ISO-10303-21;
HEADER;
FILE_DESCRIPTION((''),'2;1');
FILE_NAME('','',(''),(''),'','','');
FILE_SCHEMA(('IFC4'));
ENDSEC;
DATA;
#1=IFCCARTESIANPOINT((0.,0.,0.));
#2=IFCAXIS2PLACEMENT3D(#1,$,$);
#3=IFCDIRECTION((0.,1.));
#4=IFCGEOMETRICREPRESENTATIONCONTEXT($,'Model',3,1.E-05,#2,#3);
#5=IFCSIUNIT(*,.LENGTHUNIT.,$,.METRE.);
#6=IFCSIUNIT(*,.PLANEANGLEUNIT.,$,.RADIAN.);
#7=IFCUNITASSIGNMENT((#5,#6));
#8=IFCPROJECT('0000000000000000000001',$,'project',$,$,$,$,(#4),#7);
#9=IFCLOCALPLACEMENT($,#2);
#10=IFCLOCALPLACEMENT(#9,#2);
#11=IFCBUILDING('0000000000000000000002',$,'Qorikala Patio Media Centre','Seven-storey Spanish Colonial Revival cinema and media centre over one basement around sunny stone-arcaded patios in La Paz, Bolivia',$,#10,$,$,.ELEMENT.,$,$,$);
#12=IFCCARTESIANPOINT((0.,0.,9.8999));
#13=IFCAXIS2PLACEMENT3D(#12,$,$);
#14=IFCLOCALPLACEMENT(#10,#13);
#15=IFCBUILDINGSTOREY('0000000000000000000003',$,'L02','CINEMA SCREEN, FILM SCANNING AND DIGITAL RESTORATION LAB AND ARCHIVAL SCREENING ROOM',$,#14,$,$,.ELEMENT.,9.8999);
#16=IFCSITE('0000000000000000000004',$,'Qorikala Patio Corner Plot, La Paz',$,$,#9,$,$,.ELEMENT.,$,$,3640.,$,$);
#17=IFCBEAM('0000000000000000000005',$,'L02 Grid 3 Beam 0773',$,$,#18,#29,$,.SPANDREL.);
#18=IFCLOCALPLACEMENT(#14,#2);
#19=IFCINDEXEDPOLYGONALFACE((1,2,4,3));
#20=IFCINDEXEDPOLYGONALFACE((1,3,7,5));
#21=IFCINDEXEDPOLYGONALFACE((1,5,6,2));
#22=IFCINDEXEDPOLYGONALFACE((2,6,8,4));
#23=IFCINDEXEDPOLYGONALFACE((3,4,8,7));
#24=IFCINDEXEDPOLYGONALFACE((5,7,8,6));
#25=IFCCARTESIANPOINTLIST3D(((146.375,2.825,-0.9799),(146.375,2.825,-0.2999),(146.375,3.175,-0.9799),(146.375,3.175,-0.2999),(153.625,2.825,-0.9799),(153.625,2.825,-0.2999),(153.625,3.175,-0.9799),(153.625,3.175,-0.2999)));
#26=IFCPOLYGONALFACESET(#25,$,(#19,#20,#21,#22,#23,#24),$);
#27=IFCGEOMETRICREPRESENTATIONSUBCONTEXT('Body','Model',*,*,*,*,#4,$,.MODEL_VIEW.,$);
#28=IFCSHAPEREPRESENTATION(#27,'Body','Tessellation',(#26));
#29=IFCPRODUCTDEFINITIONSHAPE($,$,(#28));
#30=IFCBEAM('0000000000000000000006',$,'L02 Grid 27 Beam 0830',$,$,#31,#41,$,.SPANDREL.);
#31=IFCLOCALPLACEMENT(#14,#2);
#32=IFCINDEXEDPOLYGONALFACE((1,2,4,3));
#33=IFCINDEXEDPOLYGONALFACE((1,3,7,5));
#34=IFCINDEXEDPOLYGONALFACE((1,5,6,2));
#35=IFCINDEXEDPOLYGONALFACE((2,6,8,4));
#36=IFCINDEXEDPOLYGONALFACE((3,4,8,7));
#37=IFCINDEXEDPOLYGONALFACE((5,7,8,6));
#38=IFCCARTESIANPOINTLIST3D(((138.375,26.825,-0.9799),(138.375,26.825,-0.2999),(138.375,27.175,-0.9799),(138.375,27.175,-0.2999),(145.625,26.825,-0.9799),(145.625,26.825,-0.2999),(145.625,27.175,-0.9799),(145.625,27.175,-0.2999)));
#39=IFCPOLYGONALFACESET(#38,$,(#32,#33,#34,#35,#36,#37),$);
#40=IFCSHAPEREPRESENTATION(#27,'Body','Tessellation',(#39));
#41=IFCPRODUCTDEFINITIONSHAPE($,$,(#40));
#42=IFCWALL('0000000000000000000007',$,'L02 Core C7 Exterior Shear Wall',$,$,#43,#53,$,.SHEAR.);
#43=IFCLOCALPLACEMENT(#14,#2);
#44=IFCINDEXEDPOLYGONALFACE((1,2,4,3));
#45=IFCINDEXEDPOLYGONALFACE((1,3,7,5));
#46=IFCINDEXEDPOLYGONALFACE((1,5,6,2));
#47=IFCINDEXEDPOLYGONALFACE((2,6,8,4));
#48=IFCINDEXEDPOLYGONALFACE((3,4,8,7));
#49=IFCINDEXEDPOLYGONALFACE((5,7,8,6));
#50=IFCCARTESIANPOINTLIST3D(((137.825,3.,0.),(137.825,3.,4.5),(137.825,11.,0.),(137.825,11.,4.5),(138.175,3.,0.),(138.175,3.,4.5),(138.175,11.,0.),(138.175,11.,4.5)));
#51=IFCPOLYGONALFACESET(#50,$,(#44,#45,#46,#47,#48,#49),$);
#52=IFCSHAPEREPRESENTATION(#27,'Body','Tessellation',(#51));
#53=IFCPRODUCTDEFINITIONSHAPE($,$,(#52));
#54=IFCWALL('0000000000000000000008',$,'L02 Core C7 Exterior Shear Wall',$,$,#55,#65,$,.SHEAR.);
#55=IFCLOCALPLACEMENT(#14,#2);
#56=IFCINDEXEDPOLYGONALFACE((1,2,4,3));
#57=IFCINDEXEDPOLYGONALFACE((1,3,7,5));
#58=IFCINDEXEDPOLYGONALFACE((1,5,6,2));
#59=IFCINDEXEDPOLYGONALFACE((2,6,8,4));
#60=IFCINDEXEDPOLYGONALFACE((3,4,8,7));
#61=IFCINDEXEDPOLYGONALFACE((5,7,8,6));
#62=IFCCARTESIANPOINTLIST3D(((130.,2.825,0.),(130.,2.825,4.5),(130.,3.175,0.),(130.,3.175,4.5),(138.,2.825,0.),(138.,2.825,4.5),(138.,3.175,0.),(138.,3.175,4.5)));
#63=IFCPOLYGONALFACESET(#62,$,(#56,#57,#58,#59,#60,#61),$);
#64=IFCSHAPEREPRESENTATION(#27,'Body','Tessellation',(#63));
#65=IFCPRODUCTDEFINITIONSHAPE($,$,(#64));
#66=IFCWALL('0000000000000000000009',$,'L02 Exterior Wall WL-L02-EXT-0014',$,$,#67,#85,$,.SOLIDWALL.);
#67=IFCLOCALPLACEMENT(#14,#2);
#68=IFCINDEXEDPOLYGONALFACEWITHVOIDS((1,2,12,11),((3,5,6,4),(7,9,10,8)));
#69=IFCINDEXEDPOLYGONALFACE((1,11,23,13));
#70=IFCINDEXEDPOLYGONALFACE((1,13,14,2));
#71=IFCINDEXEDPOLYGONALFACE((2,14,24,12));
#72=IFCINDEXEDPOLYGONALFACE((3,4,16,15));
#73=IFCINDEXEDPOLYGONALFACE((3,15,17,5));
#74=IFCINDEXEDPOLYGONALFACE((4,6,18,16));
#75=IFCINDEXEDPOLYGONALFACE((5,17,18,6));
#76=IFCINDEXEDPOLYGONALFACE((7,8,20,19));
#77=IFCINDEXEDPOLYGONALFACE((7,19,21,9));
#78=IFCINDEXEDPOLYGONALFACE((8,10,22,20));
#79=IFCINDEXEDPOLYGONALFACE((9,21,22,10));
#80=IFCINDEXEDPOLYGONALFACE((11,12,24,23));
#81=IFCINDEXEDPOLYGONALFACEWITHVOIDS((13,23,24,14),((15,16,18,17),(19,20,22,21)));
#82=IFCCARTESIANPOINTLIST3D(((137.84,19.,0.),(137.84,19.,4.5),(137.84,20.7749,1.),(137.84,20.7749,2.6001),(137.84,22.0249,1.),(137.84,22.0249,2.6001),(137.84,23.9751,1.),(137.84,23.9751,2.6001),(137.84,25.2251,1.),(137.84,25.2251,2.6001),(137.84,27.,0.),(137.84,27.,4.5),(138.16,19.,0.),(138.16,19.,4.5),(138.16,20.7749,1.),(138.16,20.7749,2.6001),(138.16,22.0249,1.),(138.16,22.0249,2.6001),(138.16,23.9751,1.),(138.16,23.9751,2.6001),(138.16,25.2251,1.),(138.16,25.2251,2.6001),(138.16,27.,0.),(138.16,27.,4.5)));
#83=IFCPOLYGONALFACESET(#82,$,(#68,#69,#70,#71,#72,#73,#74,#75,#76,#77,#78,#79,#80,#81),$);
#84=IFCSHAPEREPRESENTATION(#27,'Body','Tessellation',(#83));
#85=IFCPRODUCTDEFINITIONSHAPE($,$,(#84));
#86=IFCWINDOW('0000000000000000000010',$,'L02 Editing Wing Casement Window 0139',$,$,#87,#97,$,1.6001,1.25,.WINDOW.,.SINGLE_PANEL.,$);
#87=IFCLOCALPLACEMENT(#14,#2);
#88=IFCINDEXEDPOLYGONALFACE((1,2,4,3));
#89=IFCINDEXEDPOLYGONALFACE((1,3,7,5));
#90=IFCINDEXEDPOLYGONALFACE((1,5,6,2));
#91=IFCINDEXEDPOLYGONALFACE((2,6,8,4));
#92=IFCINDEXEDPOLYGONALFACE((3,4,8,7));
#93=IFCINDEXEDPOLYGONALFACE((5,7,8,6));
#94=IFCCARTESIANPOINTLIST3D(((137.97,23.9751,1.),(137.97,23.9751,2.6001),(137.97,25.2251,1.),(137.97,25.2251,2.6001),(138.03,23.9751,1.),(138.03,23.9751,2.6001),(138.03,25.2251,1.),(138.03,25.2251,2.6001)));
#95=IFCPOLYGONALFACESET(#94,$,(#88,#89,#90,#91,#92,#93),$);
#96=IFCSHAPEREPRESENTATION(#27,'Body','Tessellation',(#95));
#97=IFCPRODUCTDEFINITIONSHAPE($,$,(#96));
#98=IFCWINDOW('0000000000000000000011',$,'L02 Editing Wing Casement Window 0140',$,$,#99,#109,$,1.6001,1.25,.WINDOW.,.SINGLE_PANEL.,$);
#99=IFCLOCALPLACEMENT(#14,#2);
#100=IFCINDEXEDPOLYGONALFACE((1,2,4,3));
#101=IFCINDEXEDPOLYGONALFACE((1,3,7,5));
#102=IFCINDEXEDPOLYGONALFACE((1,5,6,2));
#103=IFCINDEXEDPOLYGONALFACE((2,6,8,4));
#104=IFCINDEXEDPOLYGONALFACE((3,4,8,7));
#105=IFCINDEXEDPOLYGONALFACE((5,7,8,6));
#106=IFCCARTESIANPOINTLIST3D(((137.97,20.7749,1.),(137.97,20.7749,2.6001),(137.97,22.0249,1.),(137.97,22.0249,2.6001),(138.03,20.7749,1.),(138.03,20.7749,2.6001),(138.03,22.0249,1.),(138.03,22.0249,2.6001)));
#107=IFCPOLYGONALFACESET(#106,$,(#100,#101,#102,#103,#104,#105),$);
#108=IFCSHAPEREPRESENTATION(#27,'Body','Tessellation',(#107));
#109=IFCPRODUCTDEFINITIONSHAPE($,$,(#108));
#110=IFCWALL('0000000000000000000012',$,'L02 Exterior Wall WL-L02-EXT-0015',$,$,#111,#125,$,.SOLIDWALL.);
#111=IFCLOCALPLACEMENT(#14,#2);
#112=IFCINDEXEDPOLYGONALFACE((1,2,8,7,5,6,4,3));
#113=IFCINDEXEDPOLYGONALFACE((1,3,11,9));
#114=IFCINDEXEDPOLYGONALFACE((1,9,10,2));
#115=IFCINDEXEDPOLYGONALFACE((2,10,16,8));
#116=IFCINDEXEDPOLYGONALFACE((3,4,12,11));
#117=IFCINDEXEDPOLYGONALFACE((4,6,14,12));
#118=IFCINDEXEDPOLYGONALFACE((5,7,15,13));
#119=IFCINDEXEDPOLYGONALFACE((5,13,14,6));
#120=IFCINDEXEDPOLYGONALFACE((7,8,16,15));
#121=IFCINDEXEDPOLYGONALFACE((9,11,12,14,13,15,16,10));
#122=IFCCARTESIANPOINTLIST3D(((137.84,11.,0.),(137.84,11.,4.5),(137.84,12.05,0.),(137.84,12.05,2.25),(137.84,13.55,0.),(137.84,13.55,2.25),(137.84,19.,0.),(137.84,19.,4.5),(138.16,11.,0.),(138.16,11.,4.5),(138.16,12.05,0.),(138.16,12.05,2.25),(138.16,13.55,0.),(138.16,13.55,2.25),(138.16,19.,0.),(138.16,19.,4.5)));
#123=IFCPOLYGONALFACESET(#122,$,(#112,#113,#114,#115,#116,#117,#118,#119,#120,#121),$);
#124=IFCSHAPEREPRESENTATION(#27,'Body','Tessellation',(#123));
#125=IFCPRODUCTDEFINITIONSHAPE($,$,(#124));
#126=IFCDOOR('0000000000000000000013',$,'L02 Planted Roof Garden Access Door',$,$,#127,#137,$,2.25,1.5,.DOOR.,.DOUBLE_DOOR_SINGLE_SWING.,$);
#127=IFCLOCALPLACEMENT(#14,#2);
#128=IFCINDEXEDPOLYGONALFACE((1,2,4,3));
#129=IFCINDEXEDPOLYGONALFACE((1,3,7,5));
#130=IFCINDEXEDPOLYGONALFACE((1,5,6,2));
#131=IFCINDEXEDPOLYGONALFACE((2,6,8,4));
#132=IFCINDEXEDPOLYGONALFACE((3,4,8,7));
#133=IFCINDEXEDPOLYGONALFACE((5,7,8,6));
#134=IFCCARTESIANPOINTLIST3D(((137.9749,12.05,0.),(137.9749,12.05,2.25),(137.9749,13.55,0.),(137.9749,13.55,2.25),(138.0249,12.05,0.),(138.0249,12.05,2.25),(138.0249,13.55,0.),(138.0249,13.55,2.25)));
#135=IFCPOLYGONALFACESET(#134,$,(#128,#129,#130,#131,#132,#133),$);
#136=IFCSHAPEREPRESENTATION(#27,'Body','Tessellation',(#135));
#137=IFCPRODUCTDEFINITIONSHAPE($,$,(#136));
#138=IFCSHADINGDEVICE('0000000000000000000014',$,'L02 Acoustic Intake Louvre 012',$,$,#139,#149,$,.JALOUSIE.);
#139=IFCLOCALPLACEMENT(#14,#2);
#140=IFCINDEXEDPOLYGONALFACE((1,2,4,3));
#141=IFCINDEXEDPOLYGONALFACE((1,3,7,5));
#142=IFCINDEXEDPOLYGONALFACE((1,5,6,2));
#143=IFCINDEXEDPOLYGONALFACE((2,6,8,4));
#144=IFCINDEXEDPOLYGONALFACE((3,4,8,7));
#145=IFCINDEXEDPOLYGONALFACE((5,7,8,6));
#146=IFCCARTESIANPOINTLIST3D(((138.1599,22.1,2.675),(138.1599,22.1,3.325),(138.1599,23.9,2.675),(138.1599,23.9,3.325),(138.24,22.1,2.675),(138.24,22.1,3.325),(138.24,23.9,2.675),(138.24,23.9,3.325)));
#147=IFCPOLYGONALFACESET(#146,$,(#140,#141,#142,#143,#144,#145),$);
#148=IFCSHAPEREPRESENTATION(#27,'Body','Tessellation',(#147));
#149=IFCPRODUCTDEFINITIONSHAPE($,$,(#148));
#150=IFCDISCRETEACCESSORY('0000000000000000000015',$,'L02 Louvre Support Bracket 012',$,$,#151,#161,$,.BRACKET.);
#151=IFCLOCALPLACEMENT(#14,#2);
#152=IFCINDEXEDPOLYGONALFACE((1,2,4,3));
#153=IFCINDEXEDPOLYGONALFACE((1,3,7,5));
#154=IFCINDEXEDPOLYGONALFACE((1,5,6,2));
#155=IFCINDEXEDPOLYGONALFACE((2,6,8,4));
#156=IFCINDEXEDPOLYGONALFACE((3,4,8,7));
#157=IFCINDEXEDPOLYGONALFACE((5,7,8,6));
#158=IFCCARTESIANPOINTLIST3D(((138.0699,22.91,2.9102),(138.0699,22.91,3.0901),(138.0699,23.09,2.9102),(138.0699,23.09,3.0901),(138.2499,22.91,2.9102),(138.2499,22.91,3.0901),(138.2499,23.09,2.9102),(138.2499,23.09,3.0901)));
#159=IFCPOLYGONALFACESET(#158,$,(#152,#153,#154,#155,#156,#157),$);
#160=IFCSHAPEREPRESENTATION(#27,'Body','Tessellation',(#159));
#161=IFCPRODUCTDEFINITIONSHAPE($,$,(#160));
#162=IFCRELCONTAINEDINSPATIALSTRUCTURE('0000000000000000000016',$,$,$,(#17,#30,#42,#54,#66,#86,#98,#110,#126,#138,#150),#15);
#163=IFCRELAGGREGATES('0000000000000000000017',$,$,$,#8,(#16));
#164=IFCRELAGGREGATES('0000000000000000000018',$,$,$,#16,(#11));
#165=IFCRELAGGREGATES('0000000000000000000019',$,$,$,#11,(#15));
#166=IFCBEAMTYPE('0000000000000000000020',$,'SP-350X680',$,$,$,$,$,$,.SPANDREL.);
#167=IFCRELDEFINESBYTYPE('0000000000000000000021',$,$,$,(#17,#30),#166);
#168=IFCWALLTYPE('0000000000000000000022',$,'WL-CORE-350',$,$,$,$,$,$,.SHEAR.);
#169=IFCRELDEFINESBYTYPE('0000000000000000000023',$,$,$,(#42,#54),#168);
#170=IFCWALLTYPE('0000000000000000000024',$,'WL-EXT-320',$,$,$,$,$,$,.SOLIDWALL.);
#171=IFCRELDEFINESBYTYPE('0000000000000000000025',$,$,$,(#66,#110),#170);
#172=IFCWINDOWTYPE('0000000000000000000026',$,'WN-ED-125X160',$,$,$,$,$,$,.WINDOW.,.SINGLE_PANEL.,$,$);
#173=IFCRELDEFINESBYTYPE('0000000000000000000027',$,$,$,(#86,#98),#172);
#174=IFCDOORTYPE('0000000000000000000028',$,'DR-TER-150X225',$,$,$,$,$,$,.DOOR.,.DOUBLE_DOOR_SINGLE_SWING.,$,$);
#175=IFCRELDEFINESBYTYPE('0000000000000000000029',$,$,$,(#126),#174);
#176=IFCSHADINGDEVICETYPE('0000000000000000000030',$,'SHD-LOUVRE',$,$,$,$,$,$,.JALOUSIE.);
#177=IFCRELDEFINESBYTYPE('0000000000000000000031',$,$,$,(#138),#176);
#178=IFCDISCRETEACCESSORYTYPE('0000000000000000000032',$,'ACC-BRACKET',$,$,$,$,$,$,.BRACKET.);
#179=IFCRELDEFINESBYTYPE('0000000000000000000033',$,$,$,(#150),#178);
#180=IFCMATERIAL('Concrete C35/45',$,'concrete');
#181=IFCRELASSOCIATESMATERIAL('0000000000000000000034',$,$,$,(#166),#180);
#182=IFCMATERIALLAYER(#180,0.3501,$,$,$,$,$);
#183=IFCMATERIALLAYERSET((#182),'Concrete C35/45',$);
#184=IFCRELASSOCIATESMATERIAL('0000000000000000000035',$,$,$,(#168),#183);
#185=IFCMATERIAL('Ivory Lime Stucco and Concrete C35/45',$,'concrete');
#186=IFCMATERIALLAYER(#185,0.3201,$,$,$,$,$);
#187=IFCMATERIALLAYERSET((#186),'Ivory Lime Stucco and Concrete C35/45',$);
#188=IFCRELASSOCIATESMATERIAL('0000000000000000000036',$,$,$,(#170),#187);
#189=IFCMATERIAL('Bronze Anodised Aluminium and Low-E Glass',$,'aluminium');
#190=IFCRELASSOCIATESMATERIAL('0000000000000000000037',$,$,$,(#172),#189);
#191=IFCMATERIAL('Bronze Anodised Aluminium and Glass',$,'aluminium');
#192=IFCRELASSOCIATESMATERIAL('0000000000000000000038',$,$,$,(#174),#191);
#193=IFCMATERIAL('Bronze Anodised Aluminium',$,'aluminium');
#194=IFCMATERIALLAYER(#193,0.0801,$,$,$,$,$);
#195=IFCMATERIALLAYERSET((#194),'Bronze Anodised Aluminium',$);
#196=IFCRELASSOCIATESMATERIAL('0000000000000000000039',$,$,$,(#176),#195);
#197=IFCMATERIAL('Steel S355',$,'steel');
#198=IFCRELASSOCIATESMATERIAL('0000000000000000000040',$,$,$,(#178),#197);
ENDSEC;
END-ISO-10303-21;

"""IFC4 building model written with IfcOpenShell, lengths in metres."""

from ifc_helpers import new_model, si_unit, direction, frame, frame_2d, origin, origin_2d, place, context, subcontext, project, spatial, rectangle, extrude, material, layer, layer_set, material_profile, profile_set, type_object, element, fill, save


model = new_model("IFC4")

# Units and contexts
model_context = context("Model", 3, precision=1e-05, world=origin(), true_north=direction((0.0, 1.0)))
body_context = subcontext(model_context, "Body", "Model", "MODEL_VIEW")
ifc_project = project(units=[si_unit("LENGTHUNIT", "METRE"), si_unit("PLANEANGLEUNIT", "RADIAN")], contexts=[model_context])

# Site, building, storey
site_placement = place(None, origin())
site = spatial("IfcSite", under=ifc_project, at=site_placement, Name="Qorikala Patio Corner Plot, La Paz", CompositionType="ELEMENT", RefElevation=3640.0)
building_placement = place(site_placement, origin())
building = spatial("IfcBuilding", under=site, at=building_placement, Name="Qorikala Patio Media Centre", Description="Seven-storey Spanish Colonial Revival cinema and media centre over one basement around sunny stone-arcaded patios in La Paz, Bolivia", CompositionType="ELEMENT")
storey_placement = place(building_placement, frame((0.0, 0.0, 9.8999)))
storey = spatial("IfcBuildingStorey", under=building, at=storey_placement, Name="L02", Description="CINEMA SCREEN, FILM SCANNING AND DIGITAL RESTORATION LAB AND ARCHIVAL SCREENING ROOM", CompositionType="ELEMENT", Elevation=9.8999)

# Shared definitions
ifc_material_1 = material(Name="Concrete C35/45", Category="concrete")

# Beams
ifc_material_profile_1 = material_profile(ifc_material_1, rectangle(XDim=0.3501, YDim=0.6799, at=origin_2d()), Name="RC 350x680")
ifc_profile_set_1 = profile_set([ifc_material_profile_1], Name="Concrete C35/45")
beam_type_1 = type_object("IfcBeamType", Name="SP-350X680", PredefinedType="SPANDREL", material=ifc_profile_set_1)
for number, where, z_axis, x_axis, name in (
    (1, (146.375, 3.0, -0.6399), (1.0, 0.0, 0.0), (0.0, 1.0, 0.0), "L02 Grid 3 Beam 0773"),
    (2, (138.375, 27.0, -0.6399), (1.0, 0.0, 0.0), (0.0, 1.0, 0.0), "L02 Grid 27 Beam 0830"),
):
    element("IfcBeam", number, at=place(storey_placement, frame(where, z_axis=z_axis, x_axis=x_axis)), inside=storey, type_object=beam_type_1, Name=name, PredefinedType="SPANDREL", context=body_context, shape_type="SweptSolid", body=[
        extrude(rectangle(XDim=0.3501, YDim=0.6799, at=origin_2d()), origin(), (0.0, 0.0, 1.0), 7.25),
    ])

# Walls
ifc_layer_1 = layer(ifc_material_1, 0.3501)
ifc_layer_set_1 = layer_set([ifc_layer_1], Name="Concrete C35/45")
wall_type_1 = type_object("IfcWallType", Name="WL-CORE-350", PredefinedType="SHEAR", material=ifc_layer_set_1)
for number, where, z_axis, x_axis, name in (
    (3, (138.0, 11.0, 0.0), (0.0, 0.0, 1.0), (0.0, -1.0, 0.0), "L02 Core C7 Exterior Shear Wall"),
    (4, (138.0, 3.0, 0.0), (0.0, 0.0, 1.0), (-1.0, 0.0, 0.0), "L02 Core C7 Exterior Shear Wall"),
):
    element("IfcWall", number, at=place(storey_placement, frame(where, z_axis=z_axis, x_axis=x_axis)), inside=storey, type_object=wall_type_1, Name=name, PredefinedType="SHEAR", context=body_context, shape_type="SweptSolid", body=[
        extrude(rectangle(XDim=8.0, YDim=0.3501, at=frame_2d((4.0, 0.0))), origin(), (0.0, 0.0, 1.0), 4.5),
    ])

# Wall, openings, windows
ifc_material_2 = material(Name="Ivory Lime Stucco and Concrete C35/45", Category="concrete")
ifc_layer_2 = layer(ifc_material_2, 0.3201)
ifc_layer_set_2 = layer_set([ifc_layer_2], Name="Ivory Lime Stucco and Concrete C35/45")
wall_type_2 = type_object("IfcWallType", Name="WL-EXT-320", PredefinedType="SOLIDWALL", material=ifc_layer_set_2)
wall_1_placement = place(storey_placement, frame((138.0, 27.0, 0.0), z_axis=(0.0, 0.0, 1.0), x_axis=(0.0, -1.0, 0.0)))
wall_1 = element("IfcWall", 5, at=wall_1_placement, inside=storey, type_object=wall_type_2, Name="L02 Exterior Wall WL-L02-EXT-0014", PredefinedType="SOLIDWALL", context=body_context, shape_type="SweptSolid", body=[
    extrude(rectangle(XDim=8.0, YDim=0.3201, at=frame_2d((4.0, 0.0))), origin(), (0.0, 0.0, 1.0), 4.5),
])
opening_1_placement = place(wall_1_placement, frame((1.7749, 0.0, 1.0)))
opening_1 = element("IfcOpeningElement", 6, at=opening_1_placement, cuts=wall_1, PredefinedType="OPENING", context=body_context, shape_type="SweptSolid", body=[
    extrude(rectangle(XDim=1.25, YDim=1.6001, at=frame_2d((0.625, 0.8))), frame((0.0, 0.1699, 0.0), z_axis=(0.0, -1.0, 0.0), x_axis=(1.0, 0.0, 0.0)), (0.0, 0.0, 1.0), 0.3401),
])
opening_2_placement = place(wall_1_placement, frame((4.9751, 0.0, 1.0)))
opening_2 = element("IfcOpeningElement", 7, at=opening_2_placement, cuts=wall_1, PredefinedType="OPENING", context=body_context, shape_type="SweptSolid", body=[
    extrude(rectangle(XDim=1.25, YDim=1.6001, at=frame_2d((0.625, 0.8))), frame((0.0, 0.1699, 0.0), z_axis=(0.0, -1.0, 0.0), x_axis=(1.0, 0.0, 0.0)), (0.0, 0.0, 1.0), 0.3401),
])
ifc_material_3 = material(Name="Bronze Anodised Aluminium and Low-E Glass", Category="aluminium")
window_type = type_object("IfcWindowType", Name="WN-ED-125X160", PartitioningType="SINGLE_PANEL", PredefinedType="WINDOW", material=ifc_material_3)
window_1_placement = place(opening_1_placement, origin())
window_1 = element("IfcWindow", 8, at=window_1_placement, inside=storey, type_object=window_type, Name="L02 Editing Wing Casement Window 0139", OverallHeight=1.6001, OverallWidth=1.25, PartitioningType="SINGLE_PANEL", PredefinedType="WINDOW", context=body_context, shape_type="SweptSolid", body=[
    extrude(rectangle(XDim=1.25, YDim=1.6001, at=frame_2d((0.625, 0.8))), frame((0.0, 0.03, 0.0), z_axis=(0.0, -1.0, 0.0), x_axis=(1.0, 0.0, 0.0)), (0.0, 0.0, 1.0), 0.0601),
])
fill(opening_1, window_1)
window_2_placement = place(opening_2_placement, origin())
window_2 = element("IfcWindow", 9, at=window_2_placement, inside=storey, type_object=window_type, Name="L02 Editing Wing Casement Window 0140", OverallHeight=1.6001, OverallWidth=1.25, PartitioningType="SINGLE_PANEL", PredefinedType="WINDOW", context=body_context, shape_type="SweptSolid", body=[
    extrude(rectangle(XDim=1.25, YDim=1.6001, at=frame_2d((0.625, 0.8))), frame((0.0, 0.03, 0.0), z_axis=(0.0, -1.0, 0.0), x_axis=(1.0, 0.0, 0.0)), (0.0, 0.0, 1.0), 0.0601),
])
fill(opening_2, window_2)

# Wall, opening, door
wall_2_placement = place(storey_placement, frame((138.0, 19.0, 0.0), z_axis=(0.0, 0.0, 1.0), x_axis=(0.0, -1.0, 0.0)))
wall_2 = element("IfcWall", 10, at=wall_2_placement, inside=storey, type_object=wall_type_2, Name="L02 Exterior Wall WL-L02-EXT-0015", PredefinedType="SOLIDWALL", context=body_context, shape_type="SweptSolid", body=[
    extrude(rectangle(XDim=8.0, YDim=0.3201, at=frame_2d((4.0, 0.0))), origin(), (0.0, 0.0, 1.0), 4.5),
])
opening_3_placement = place(wall_2_placement, frame((5.45, 0.0, 0.0)))
opening_3 = element("IfcOpeningElement", 11, at=opening_3_placement, cuts=wall_2, PredefinedType="OPENING", context=body_context, shape_type="SweptSolid", body=[
    extrude(rectangle(XDim=1.5, YDim=2.25, at=frame_2d((0.75, 1.125))), frame((0.0, 0.1699, 0.0), z_axis=(0.0, -1.0, 0.0), x_axis=(1.0, 0.0, 0.0)), (0.0, 0.0, 1.0), 0.3401),
])
ifc_material_4 = material(Name="Bronze Anodised Aluminium and Glass", Category="aluminium")
door_type = type_object("IfcDoorType", Name="DR-TER-150X225", OperationType="DOUBLE_DOOR_SINGLE_SWING", PredefinedType="DOOR", material=ifc_material_4)
door_placement = place(opening_3_placement, origin())
door = element("IfcDoor", 12, at=door_placement, inside=storey, type_object=door_type, Name="L02 Planted Roof Garden Access Door", OperationType="DOUBLE_DOOR_SINGLE_SWING", OverallHeight=2.25, OverallWidth=1.5, PredefinedType="DOOR", context=body_context, shape_type="SweptSolid", body=[
    extrude(rectangle(XDim=1.5, YDim=2.25, at=frame_2d((0.75, 1.125))), frame((0.0, 0.0249, 0.0), z_axis=(0.0, -1.0, 0.0), x_axis=(1.0, 0.0, 0.0)), (0.0, 0.0, 1.0), 0.05),
])
fill(opening_3, door)

# Shading device
ifc_material_5 = material(Name="Bronze Anodised Aluminium", Category="aluminium")
ifc_layer_3 = layer(ifc_material_5, 0.0801)
ifc_layer_set_3 = layer_set([ifc_layer_3], Name="Bronze Anodised Aluminium")
shading_device_type = type_object("IfcShadingDeviceType", Name="SHD-LOUVRE", PredefinedType="JALOUSIE", material=ifc_layer_set_3)
shading_device_placement = place(storey_placement, frame((138.2, 23.0, 2.675), z_axis=(0.0, 0.0, 1.0), x_axis=(0.0, -1.0, 0.0)))
element("IfcShadingDevice", 13, at=shading_device_placement, inside=storey, type_object=shading_device_type, Name="L02 Acoustic Intake Louvre 012", PredefinedType="JALOUSIE", context=body_context, shape_type="SweptSolid", body=[
    extrude(rectangle(XDim=1.8, YDim=0.0801, at=origin_2d()), origin(), (0.0, 0.0, 1.0), 0.6499),
])

# Discrete accessory
ifc_material_6 = material(Name="Steel S355", Category="steel")
discrete_accessory_type = type_object("IfcDiscreteAccessoryType", Name="ACC-BRACKET", PredefinedType="BRACKET", material=ifc_material_6)
discrete_accessory_placement = place(storey_placement, frame((138.1599, 23.0, 2.9102), z_axis=(0.0, 0.0, 1.0), x_axis=(0.0, -1.0, 0.0)))
element("IfcDiscreteAccessory", 14, at=discrete_accessory_placement, inside=storey, type_object=discrete_accessory_type, Name="L02 Louvre Support Bracket 012", PredefinedType="BRACKET", context=body_context, shape_type="SweptSolid", body=[
    extrude(rectangle(XDim=0.1799, YDim=0.1799, at=origin_2d()), origin(), (0.0, 0.0, 1.0), 0.1799),
])

save(model, "model.ifc")
